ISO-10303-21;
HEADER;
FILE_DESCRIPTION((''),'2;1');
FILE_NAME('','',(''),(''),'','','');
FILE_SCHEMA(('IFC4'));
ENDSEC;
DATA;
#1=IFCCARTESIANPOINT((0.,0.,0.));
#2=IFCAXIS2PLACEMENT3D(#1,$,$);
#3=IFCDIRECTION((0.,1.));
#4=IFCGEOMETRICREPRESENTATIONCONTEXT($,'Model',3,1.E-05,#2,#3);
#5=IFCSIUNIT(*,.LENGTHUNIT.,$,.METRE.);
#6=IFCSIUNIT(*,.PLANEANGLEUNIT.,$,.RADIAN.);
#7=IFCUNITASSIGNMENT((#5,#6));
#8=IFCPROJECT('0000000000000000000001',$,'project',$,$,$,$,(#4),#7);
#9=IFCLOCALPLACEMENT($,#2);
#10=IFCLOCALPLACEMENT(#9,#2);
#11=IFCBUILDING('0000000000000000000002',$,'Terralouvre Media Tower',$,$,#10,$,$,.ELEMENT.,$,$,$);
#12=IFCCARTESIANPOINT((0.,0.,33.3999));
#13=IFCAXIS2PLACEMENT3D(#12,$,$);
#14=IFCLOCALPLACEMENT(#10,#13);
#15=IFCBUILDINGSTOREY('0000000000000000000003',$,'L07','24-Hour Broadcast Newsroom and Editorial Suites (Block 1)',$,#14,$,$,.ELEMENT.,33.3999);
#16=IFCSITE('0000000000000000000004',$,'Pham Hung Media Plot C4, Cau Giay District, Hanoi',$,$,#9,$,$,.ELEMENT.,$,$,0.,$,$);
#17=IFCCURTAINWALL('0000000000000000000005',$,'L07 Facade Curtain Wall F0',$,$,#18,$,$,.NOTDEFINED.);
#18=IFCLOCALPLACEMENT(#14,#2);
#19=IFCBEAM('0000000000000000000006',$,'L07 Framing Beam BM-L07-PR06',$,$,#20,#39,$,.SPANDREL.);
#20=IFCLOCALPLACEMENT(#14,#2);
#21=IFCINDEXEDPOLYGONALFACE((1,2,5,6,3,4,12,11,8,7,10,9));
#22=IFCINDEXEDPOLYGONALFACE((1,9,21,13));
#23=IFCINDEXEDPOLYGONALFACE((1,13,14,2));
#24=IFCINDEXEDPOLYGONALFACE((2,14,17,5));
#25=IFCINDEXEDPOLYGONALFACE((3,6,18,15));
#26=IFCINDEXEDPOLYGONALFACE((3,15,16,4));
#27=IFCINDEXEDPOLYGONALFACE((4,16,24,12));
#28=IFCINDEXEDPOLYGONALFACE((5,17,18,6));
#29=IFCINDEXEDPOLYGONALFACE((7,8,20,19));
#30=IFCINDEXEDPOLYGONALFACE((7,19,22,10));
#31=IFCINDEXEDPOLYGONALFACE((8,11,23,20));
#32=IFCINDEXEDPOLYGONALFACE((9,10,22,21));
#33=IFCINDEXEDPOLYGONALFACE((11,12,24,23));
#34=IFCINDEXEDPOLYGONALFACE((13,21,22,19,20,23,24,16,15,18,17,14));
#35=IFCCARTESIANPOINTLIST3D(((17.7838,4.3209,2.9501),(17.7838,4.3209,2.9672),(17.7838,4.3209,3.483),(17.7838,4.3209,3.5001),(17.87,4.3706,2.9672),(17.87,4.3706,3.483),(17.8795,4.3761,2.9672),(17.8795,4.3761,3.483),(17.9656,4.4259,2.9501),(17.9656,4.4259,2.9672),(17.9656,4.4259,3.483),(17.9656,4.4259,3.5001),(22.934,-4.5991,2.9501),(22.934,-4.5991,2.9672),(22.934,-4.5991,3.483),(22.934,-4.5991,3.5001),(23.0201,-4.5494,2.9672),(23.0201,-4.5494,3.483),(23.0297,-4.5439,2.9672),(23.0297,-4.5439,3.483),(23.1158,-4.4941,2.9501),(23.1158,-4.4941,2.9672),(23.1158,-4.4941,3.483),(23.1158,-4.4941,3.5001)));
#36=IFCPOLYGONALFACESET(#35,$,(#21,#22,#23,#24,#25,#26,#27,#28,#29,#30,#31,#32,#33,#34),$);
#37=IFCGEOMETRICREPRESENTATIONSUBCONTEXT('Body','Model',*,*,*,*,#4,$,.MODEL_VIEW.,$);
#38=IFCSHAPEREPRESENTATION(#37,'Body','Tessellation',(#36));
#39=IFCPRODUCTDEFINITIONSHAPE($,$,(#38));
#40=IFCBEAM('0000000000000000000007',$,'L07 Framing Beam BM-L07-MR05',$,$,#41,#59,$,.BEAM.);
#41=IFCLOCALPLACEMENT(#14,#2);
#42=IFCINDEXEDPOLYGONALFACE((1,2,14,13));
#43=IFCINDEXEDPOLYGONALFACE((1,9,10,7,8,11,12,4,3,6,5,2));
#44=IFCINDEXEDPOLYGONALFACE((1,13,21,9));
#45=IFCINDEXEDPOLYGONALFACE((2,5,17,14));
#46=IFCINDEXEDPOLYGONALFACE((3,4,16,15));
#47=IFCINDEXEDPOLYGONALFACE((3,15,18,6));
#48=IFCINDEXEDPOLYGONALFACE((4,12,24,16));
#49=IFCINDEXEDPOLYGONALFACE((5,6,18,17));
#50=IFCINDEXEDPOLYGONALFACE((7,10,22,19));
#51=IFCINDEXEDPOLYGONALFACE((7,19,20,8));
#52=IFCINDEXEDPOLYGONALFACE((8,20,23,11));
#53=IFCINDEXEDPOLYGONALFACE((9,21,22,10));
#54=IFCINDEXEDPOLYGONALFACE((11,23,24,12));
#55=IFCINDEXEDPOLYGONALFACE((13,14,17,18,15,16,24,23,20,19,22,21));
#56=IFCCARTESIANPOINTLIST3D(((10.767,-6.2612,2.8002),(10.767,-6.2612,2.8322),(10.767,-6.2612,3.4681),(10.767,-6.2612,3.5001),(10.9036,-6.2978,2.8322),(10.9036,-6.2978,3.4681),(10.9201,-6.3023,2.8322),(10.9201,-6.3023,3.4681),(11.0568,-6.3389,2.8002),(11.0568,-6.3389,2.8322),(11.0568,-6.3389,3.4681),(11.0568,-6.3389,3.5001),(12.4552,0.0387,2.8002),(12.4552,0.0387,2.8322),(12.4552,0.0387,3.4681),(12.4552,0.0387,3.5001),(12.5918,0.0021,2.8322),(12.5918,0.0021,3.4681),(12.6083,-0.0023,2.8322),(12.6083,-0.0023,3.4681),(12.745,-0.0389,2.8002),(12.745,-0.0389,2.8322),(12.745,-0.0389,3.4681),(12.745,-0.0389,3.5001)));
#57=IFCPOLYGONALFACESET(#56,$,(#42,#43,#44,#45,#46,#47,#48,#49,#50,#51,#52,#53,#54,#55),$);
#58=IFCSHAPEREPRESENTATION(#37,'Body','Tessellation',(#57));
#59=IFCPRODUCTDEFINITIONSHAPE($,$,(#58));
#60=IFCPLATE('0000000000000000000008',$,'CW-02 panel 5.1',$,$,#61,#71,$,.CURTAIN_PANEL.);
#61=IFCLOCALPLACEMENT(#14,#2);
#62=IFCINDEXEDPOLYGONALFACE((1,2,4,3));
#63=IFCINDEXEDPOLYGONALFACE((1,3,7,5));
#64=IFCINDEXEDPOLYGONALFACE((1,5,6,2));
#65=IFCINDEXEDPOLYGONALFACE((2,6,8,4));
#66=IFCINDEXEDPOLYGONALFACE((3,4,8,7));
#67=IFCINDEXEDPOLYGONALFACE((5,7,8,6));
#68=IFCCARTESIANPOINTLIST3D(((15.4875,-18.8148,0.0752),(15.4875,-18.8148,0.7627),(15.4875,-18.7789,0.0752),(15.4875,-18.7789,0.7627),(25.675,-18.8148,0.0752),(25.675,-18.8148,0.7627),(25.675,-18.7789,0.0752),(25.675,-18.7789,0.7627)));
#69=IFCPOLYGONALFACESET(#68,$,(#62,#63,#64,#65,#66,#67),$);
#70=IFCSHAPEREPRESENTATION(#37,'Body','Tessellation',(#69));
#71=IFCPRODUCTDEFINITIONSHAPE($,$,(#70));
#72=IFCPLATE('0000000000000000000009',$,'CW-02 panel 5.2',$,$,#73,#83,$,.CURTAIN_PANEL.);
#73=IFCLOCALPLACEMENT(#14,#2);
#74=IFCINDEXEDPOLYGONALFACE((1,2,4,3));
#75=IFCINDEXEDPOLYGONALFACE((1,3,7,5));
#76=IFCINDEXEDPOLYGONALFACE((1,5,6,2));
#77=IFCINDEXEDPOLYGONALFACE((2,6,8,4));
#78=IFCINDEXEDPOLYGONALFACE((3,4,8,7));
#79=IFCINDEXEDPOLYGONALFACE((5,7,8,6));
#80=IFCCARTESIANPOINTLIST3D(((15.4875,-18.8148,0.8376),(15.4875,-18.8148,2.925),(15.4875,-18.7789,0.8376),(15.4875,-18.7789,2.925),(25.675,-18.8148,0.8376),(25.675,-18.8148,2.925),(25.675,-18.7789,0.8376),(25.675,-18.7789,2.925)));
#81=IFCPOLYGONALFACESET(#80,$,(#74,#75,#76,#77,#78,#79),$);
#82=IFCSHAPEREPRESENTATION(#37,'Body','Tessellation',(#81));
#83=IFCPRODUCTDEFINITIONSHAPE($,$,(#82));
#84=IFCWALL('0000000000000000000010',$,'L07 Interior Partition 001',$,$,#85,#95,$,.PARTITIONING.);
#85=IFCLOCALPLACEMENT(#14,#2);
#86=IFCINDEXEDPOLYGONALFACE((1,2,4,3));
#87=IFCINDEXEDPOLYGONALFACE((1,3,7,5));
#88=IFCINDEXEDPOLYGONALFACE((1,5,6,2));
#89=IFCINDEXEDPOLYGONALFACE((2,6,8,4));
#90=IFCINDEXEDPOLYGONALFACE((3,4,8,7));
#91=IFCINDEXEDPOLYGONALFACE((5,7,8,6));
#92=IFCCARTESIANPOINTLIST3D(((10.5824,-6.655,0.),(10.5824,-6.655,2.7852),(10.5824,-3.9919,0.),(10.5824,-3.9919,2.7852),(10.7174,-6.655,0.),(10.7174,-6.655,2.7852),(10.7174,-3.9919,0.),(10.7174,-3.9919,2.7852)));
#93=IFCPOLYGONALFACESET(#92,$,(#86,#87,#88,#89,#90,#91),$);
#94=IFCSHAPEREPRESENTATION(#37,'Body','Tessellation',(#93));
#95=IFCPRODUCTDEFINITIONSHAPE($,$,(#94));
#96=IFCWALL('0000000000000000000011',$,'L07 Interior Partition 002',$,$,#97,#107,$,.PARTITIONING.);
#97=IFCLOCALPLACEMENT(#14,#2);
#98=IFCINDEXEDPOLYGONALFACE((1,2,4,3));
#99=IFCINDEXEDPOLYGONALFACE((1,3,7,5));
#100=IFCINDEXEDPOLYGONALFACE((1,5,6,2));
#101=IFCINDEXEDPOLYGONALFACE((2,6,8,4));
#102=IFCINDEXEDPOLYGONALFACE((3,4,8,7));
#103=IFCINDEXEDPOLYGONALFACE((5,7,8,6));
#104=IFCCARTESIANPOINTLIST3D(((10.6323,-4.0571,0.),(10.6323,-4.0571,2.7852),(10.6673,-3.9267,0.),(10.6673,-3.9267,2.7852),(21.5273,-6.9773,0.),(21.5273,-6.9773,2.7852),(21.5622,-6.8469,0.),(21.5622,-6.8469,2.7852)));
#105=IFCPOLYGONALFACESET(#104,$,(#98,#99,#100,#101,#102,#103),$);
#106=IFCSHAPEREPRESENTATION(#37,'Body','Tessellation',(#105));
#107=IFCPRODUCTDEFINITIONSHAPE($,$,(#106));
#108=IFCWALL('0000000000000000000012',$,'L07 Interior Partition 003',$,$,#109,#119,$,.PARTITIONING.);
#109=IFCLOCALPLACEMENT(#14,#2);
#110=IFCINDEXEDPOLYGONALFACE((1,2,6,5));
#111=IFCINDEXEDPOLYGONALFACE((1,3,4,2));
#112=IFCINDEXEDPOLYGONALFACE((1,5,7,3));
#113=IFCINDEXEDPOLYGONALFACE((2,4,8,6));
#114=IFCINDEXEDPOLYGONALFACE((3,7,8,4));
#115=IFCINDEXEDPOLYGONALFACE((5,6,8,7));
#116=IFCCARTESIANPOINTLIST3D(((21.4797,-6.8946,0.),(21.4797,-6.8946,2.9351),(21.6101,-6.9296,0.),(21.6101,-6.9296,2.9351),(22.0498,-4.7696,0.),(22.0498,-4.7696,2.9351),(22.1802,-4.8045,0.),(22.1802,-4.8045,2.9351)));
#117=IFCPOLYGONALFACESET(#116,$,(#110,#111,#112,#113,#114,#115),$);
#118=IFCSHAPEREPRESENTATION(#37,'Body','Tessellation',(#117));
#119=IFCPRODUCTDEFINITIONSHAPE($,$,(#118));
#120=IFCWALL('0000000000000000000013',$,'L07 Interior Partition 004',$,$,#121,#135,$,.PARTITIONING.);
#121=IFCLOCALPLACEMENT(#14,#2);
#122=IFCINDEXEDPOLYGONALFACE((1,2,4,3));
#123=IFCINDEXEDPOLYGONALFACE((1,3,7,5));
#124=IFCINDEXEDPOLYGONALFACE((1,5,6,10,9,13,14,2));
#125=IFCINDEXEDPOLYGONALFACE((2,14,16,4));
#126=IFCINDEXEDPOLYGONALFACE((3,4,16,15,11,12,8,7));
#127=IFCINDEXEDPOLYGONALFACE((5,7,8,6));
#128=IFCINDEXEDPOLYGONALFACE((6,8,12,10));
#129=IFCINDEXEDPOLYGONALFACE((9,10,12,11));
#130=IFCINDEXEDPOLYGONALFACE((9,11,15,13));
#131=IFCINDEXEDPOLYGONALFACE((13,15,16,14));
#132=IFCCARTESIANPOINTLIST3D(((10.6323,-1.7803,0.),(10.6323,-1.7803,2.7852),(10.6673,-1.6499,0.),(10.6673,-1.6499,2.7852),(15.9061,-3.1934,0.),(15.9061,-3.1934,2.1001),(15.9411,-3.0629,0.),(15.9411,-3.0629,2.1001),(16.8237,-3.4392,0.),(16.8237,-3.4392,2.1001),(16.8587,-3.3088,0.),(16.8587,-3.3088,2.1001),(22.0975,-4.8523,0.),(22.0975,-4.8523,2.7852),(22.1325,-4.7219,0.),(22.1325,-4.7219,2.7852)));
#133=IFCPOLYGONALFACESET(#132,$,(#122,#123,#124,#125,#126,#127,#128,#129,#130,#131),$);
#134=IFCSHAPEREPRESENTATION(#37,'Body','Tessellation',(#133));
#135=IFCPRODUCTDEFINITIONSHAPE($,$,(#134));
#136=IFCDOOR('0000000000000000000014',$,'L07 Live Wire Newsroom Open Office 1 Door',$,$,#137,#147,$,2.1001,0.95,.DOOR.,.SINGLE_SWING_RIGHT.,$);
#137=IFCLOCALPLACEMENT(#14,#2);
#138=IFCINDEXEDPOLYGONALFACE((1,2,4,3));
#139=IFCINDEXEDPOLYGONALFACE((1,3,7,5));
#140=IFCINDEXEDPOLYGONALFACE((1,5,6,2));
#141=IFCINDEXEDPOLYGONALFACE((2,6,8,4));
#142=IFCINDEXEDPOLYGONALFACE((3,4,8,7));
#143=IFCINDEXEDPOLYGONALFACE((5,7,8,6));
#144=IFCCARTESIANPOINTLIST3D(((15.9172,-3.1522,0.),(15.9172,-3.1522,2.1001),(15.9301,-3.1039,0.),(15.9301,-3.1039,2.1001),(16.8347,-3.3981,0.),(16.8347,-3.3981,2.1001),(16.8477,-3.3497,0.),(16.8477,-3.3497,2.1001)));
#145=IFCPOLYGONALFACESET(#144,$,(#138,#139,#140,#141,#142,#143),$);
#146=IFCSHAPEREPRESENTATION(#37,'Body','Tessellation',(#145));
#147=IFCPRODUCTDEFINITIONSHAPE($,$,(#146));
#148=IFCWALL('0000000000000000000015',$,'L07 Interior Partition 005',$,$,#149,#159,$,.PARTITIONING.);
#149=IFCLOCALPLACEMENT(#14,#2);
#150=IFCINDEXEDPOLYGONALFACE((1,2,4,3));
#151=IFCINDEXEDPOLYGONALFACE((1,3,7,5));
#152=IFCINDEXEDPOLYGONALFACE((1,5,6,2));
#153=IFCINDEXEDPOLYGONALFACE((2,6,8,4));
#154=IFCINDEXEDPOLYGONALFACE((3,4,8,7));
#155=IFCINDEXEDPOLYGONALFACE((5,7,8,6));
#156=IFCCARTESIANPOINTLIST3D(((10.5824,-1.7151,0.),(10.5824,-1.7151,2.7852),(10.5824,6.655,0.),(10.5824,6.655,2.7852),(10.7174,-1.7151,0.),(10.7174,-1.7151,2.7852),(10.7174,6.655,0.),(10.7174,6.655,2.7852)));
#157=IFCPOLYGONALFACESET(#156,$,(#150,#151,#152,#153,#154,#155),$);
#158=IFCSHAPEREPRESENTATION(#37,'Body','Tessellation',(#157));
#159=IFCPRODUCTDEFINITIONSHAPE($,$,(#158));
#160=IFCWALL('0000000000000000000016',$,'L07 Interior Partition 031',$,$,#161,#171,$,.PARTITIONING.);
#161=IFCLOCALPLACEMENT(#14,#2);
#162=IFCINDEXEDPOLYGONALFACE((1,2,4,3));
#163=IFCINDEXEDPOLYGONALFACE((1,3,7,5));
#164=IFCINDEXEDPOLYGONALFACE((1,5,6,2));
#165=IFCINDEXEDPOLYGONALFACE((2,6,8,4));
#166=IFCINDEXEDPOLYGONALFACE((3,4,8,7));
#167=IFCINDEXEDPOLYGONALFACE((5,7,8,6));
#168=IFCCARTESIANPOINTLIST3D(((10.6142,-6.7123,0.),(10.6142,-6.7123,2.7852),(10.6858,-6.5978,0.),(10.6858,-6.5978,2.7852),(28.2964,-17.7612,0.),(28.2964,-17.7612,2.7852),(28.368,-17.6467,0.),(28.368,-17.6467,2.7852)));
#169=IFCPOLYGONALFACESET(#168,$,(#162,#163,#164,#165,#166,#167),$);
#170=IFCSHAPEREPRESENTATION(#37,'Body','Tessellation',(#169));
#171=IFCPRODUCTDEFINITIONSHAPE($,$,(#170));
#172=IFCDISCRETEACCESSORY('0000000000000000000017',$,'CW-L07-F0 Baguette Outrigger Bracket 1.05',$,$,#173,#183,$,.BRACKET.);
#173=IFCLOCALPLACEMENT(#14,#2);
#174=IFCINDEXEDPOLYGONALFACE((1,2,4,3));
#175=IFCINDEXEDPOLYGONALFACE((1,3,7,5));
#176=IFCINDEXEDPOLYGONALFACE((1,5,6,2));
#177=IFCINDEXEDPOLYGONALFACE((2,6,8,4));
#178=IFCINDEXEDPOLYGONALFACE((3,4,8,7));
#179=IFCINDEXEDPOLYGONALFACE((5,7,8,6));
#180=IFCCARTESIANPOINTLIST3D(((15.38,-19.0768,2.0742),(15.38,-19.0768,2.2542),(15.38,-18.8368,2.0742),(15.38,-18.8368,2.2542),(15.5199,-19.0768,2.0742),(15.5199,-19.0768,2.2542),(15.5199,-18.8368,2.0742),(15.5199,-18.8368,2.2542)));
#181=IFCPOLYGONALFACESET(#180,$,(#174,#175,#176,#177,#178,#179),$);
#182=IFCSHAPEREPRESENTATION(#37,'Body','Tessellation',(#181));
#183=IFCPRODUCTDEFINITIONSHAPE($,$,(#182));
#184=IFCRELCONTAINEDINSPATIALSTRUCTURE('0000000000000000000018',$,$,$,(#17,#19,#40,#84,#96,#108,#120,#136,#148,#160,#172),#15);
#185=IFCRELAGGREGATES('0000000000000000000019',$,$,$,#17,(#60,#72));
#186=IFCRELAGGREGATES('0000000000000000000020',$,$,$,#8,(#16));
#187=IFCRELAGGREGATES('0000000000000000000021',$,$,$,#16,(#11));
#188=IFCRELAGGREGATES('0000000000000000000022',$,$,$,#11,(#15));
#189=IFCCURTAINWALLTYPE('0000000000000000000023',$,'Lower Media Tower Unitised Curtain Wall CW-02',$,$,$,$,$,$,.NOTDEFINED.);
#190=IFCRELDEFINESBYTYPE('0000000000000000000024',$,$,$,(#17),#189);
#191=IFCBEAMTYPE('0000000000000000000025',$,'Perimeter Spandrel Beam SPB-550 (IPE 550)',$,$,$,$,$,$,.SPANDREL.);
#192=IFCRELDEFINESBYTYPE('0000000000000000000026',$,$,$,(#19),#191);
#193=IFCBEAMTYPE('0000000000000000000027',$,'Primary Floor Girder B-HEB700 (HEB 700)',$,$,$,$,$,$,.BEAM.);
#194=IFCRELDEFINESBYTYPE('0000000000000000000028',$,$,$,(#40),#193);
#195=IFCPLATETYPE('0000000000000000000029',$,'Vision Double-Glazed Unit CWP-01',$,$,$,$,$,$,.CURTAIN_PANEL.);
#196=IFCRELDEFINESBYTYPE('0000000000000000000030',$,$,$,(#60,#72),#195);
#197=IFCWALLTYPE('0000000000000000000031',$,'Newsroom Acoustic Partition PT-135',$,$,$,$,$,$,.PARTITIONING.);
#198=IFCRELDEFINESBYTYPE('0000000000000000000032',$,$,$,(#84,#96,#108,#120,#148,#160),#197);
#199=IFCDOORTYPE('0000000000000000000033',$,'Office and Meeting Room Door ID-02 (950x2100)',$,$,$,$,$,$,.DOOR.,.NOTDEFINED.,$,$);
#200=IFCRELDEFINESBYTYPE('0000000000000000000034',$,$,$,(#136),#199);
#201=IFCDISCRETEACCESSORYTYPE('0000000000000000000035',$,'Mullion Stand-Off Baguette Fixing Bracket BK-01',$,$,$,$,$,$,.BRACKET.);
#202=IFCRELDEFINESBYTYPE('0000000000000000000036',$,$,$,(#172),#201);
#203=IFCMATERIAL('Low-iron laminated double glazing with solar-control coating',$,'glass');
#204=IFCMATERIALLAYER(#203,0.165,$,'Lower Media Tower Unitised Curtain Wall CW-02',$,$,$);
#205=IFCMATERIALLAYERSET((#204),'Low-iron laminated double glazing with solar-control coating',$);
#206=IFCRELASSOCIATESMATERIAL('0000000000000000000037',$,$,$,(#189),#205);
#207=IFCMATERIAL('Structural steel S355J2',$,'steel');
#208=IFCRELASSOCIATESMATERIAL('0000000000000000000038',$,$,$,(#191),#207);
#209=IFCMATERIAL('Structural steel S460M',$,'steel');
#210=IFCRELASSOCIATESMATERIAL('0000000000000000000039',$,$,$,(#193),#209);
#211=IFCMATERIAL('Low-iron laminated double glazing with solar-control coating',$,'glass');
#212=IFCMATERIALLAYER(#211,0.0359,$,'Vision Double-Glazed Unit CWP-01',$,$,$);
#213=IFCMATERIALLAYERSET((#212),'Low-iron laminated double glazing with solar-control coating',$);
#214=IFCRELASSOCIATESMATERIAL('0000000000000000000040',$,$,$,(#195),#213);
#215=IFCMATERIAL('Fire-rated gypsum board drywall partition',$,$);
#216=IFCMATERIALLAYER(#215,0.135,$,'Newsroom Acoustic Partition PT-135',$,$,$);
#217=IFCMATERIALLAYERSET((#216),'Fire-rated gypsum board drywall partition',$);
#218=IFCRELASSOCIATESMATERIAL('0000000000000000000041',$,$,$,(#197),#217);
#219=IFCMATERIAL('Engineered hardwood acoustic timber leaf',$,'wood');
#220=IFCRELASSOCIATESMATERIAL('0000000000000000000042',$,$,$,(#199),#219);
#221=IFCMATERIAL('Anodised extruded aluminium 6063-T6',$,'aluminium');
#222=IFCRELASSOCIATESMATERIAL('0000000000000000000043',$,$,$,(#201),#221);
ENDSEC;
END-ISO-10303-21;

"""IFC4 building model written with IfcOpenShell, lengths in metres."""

from ifc_helpers import new_model, si_unit, direction, frame, frame_2d, origin, origin_2d, place, context, subcontext, project, spatial, rectangle, i_section, extrude, material, layer, layer_set, material_profile, profile_set, type_object, element, fill, aggregate, save


model = new_model("IFC4")

# Units and contexts
model_context = context("Model", 3, precision=1e-05, world=origin(), true_north=direction((0.0, 1.0)))
body_context = subcontext(model_context, "Body", "Model", "MODEL_VIEW")
ifc_project = project(units=[si_unit("LENGTHUNIT", "METRE"), si_unit("PLANEANGLEUNIT", "RADIAN")], contexts=[model_context])

# Site, building, storey
site_placement = place(None, origin())
site = spatial("IfcSite", under=ifc_project, at=site_placement, Name="Pham Hung Media Plot C4, Cau Giay District, Hanoi", CompositionType="ELEMENT", RefElevation=0.0)
building_placement = place(site_placement, origin())
building = spatial("IfcBuilding", under=site, at=building_placement, Name="Terralouvre Media Tower", CompositionType="ELEMENT")
storey_placement = place(building_placement, frame((0.0, 0.0, 33.3999)))
storey = spatial("IfcBuildingStorey", under=building, at=storey_placement, Name="L07", Description="24-Hour Broadcast Newsroom and Editorial Suites (Block 1)", CompositionType="ELEMENT", Elevation=33.3999)

# Curtain wall
ifc_material_1 = material(Name="Low-iron laminated double glazing with solar-control coating", Category="glass")
ifc_layer_1 = layer(ifc_material_1, 0.165, Name="Lower Media Tower Unitised Curtain Wall CW-02")
ifc_layer_set_1 = layer_set([ifc_layer_1], Name="Low-iron laminated double glazing with solar-control coating")
curtain_wall_type = type_object("IfcCurtainWallType", Name="Lower Media Tower Unitised Curtain Wall CW-02", PredefinedType="NOTDEFINED", material=ifc_layer_set_1)
curtain_wall_1_placement = place(storey_placement, origin())
curtain_wall_1 = element("IfcCurtainWall", 1, at=curtain_wall_1_placement, inside=storey, type_object=curtain_wall_type, Name="L07 Facade Curtain Wall F0", PredefinedType="NOTDEFINED")

# Beams
ifc_material_2 = material(Name="Structural steel S355J2", Category="steel")
ifc_material_profile_1 = material_profile(ifc_material_2, i_section(OverallWidth=0.21, OverallDepth=0.55, WebThickness=0.011, FlangeThickness=0.0171, at=origin_2d()), Name="IPE 550")
ifc_profile_set_1 = profile_set([ifc_material_profile_1], Name="Structural steel S355J2")
beam_type_1 = type_object("IfcBeamType", Name="Perimeter Spandrel Beam SPB-550 (IPE 550)", PredefinedType="SPANDREL", material=ifc_profile_set_1)
beam_1_placement = place(storey_placement, frame((23.0249, -4.5466, 3.2251), z_axis=(-0.500017, 0.866016, 0.0), x_axis=(-0.866016, -0.500017, 0.0)))
element("IfcBeam", 2, at=beam_1_placement, inside=storey, type_object=beam_type_1, Name="L07 Framing Beam BM-L07-PR06", PredefinedType="SPANDREL", context=body_context, shape_type="SweptSolid", body=[
    extrude(i_section(OverallWidth=0.21, OverallDepth=0.55, WebThickness=0.011, FlangeThickness=0.0171, at=origin_2d()), origin(), (0.0, 0.0, 1.0), 10.3),
])
ifc_material_3 = material(Name="Structural steel S460M", Category="steel")
ifc_material_profile_2 = material_profile(ifc_material_3, i_section(OverallWidth=0.3, OverallDepth=0.7, WebThickness=0.0171, FlangeThickness=0.032, at=origin_2d()), Name="HEB 700")
ifc_profile_set_2 = profile_set([ifc_material_profile_2], Name="Structural steel S460M")
beam_type_2 = type_object("IfcBeamType", Name="Primary Floor Girder B-HEB700 (HEB 700)", PredefinedType="BEAM", material=ifc_profile_set_2)
beam_2_placement = place(storey_placement, frame((10.9119, -6.3, 3.1501), z_axis=(0.258839, 0.96592, 0.0), x_axis=(-0.96592, 0.258839, 0.0)))
element("IfcBeam", 3, at=beam_2_placement, inside=storey, type_object=beam_type_2, Name="L07 Framing Beam BM-L07-MR05", PredefinedType="BEAM", context=body_context, shape_type="SweptSolid", body=[
    extrude(i_section(OverallWidth=0.3, OverallDepth=0.7, WebThickness=0.0171, FlangeThickness=0.032, at=origin_2d()), origin(), (0.0, 0.0, 1.0), 6.5222),
])

# Plates
ifc_material_4 = material(Name="Low-iron laminated double glazing with solar-control coating", Category="glass")
ifc_layer_2 = layer(ifc_material_4, 0.0359, Name="Vision Double-Glazed Unit CWP-01")
ifc_layer_set_2 = layer_set([ifc_layer_2], Name="Low-iron laminated double glazing with solar-control coating")
plate_type = type_object("IfcPlateType", Name="Vision Double-Glazed Unit CWP-01", PredefinedType="CURTAIN_PANEL", material=ifc_layer_set_2)
plate_1_placement = place(storey_placement, frame((20.5813, -18.7969, 0.0752), z_axis=(0.0, 0.0, 1.0), x_axis=(1.0, 0.0, 0.0)))
plate_1 = element("IfcPlate", 4, at=plate_1_placement, type_object=plate_type, Name="CW-02 panel 5.1", PredefinedType="CURTAIN_PANEL", context=body_context, shape_type="SweptSolid", body=[
    extrude(rectangle(XDim=10.1875, YDim=0.0359, at=origin_2d()), origin(), (0.0, 0.0, 1.0), 0.6875),
])
plate_2_placement = place(storey_placement, frame((20.5813, -18.7969, 0.8376), z_axis=(0.0, 0.0, 1.0), x_axis=(1.0, 0.0, 0.0)))
plate_2 = element("IfcPlate", 5, at=plate_2_placement, type_object=plate_type, Name="CW-02 panel 5.2", PredefinedType="CURTAIN_PANEL", context=body_context, shape_type="SweptSolid", body=[
    extrude(rectangle(XDim=10.1875, YDim=0.0359, at=origin_2d()), origin(), (0.0, 0.0, 1.0), 2.0874),
])
aggregate(curtain_wall_1, [plate_1, plate_2])

# Walls
ifc_material_5 = material(Name="Fire-rated gypsum board drywall partition")
ifc_layer_3 = layer(ifc_material_5, 0.135, Name="Newsroom Acoustic Partition PT-135")
ifc_layer_set_3 = layer_set([ifc_layer_3], Name="Fire-rated gypsum board drywall partition")
wall_type = type_object("IfcWallType", Name="Newsroom Acoustic Partition PT-135", PredefinedType="PARTITIONING", material=ifc_layer_set_3)
wall_1_placement = place(storey_placement, frame((10.6499, -6.655, 0.0), z_axis=(0.0, 0.0, 1.0), x_axis=(0.0, 1.0, 0.0)))
element("IfcWall", 6, at=wall_1_placement, inside=storey, type_object=wall_type, Name="L07 Interior Partition 001", PredefinedType="PARTITIONING", context=body_context, shape_type="SweptSolid", body=[
    extrude(rectangle(XDim=2.6631, YDim=0.135, at=frame_2d((1.3315, 0.0))), origin(), (0.0, 0.0, 1.0), 2.7852),
])
wall_2_placement = place(storey_placement, frame((10.6499, -3.9919, 0.0), z_axis=(0.0, 0.0, 1.0), x_axis=(0.965907, -0.25889, 0.0)))
element("IfcWall", 7, at=wall_2_placement, inside=storey, type_object=wall_type, Name="L07 Interior Partition 002", PredefinedType="PARTITIONING", context=body_context, shape_type="SweptSolid", body=[
    extrude(rectangle(XDim=11.2795, YDim=0.135, at=frame_2d((5.6396, 0.0))), origin(), (0.0, 0.0, 1.0), 2.7852),
])
wall_3_placement = place(storey_placement, frame((21.5449, -6.9121, 0.0), z_axis=(0.0, 0.0, 1.0), x_axis=(0.259106, 0.965849, 0.0)))
element("IfcWall", 8, at=wall_3_placement, inside=storey, type_object=wall_type, Name="L07 Interior Partition 003", PredefinedType="PARTITIONING", context=body_context, shape_type="SweptSolid", body=[
    extrude(rectangle(XDim=2.2002, YDim=0.135, at=frame_2d((1.1001, 0.0))), origin(), (0.0, 0.0, 1.0), 2.9351),
])

# Wall, opening, door
wall_4_placement = place(storey_placement, frame((22.115, -4.7871, 0.0), z_axis=(0.0, 0.0, 1.0), x_axis=(-0.965927, 0.258816, 0.0)))
wall_4 = element("IfcWall", 9, at=wall_4_placement, inside=storey, type_object=wall_type, Name="L07 Interior Partition 004", PredefinedType="PARTITIONING", context=body_context, shape_type="SweptSolid", body=[
    extrude(rectangle(XDim=11.8696, YDim=0.135, at=frame_2d((5.9348, 0.0))), origin(), (0.0, 0.0, 1.0), 2.7852),
])
opening_placement = place(wall_4_placement, frame((5.4597, 0.0, 0.0)))
opening = element("IfcOpeningElement", 10, at=opening_placement, cuts=wall_4, PredefinedType="OPENING", context=body_context, shape_type="SweptSolid", body=[
    extrude(rectangle(XDim=0.95, YDim=2.1001, at=frame_2d((0.4751, 1.05))), frame((0.0, 0.0774, 0.0), z_axis=(0.0, -1.0, 0.0), x_axis=(1.0, 0.0, 0.0)), (0.0, 0.0, 1.0), 0.155),
])
ifc_material_6 = material(Name="Engineered hardwood acoustic timber leaf", Category="wood")
door_type = type_object("IfcDoorType", Name="Office and Meeting Room Door ID-02 (950x2100)", OperationType="NOTDEFINED", PredefinedType="DOOR", material=ifc_material_6)
door_placement = place(opening_placement, origin())
door = element("IfcDoor", 11, at=door_placement, inside=storey, type_object=door_type, Name="L07 Live Wire Newsroom Open Office 1 Door", OperationType="SINGLE_SWING_RIGHT", OverallHeight=2.1001, OverallWidth=0.95, PredefinedType="DOOR", context=body_context, shape_type="SweptSolid", body=[
    extrude(rectangle(XDim=0.95, YDim=2.1001, at=frame_2d((0.4751, 1.05))), frame((0.0, 0.0249, 0.0), z_axis=(0.0, -1.0, 0.0), x_axis=(1.0, 0.0, 0.0)), (0.0, 0.0, 1.0), 0.05),
])
fill(opening, door)

# Walls
wall_5_placement = place(storey_placement, frame((10.6499, -1.7151, 0.0), z_axis=(0.0, 0.0, 1.0), x_axis=(0.0, 1.0, 0.0)))
element("IfcWall", 12, at=wall_5_placement, inside=storey, type_object=wall_type, Name="L07 Interior Partition 005", PredefinedType="PARTITIONING", context=body_context, shape_type="SweptSolid", body=[
    extrude(rectangle(XDim=8.3701, YDim=0.135, at=frame_2d((4.1851, 0.0))), origin(), (0.0, 0.0, 1.0), 2.7852),
])
wall_6_placement = place(storey_placement, frame((10.6499, -6.655, 0.0), z_axis=(0.0, 0.0, 1.0), x_axis=(0.848052, -0.529913, 0.0)))
element("IfcWall", 13, at=wall_6_placement, inside=storey, type_object=wall_type, Name="L07 Interior Partition 031", PredefinedType="PARTITIONING", context=body_context, shape_type="SweptSolid", body=[
    extrude(rectangle(XDim=20.8503, YDim=0.135, at=frame_2d((10.4253, 0.0))), origin(), (0.0, 0.0, 1.0), 2.7852),
])

# Discrete accessory
ifc_material_7 = material(Name="Anodised extruded aluminium 6063-T6", Category="aluminium")
discrete_accessory_type = type_object("IfcDiscreteAccessoryType", Name="Mullion Stand-Off Baguette Fixing Bracket BK-01", PredefinedType="BRACKET", material=ifc_material_7)
discrete_accessory_placement = place(storey_placement, frame((15.45, -18.9568, 2.0742), z_axis=(0.0, 0.0, 1.0), x_axis=(1.0, 0.0, 0.0)))
element("IfcDiscreteAccessory", 14, at=discrete_accessory_placement, inside=storey, type_object=discrete_accessory_type, Name="CW-L07-F0 Baguette Outrigger Bracket 1.05", PredefinedType="BRACKET", context=body_context, shape_type="SweptSolid", body=[
    extrude(rectangle(XDim=0.1399, YDim=0.24, at=origin_2d()), origin(), (0.0, 0.0, 1.0), 0.1799),
])

save(model, "model.ifc")
